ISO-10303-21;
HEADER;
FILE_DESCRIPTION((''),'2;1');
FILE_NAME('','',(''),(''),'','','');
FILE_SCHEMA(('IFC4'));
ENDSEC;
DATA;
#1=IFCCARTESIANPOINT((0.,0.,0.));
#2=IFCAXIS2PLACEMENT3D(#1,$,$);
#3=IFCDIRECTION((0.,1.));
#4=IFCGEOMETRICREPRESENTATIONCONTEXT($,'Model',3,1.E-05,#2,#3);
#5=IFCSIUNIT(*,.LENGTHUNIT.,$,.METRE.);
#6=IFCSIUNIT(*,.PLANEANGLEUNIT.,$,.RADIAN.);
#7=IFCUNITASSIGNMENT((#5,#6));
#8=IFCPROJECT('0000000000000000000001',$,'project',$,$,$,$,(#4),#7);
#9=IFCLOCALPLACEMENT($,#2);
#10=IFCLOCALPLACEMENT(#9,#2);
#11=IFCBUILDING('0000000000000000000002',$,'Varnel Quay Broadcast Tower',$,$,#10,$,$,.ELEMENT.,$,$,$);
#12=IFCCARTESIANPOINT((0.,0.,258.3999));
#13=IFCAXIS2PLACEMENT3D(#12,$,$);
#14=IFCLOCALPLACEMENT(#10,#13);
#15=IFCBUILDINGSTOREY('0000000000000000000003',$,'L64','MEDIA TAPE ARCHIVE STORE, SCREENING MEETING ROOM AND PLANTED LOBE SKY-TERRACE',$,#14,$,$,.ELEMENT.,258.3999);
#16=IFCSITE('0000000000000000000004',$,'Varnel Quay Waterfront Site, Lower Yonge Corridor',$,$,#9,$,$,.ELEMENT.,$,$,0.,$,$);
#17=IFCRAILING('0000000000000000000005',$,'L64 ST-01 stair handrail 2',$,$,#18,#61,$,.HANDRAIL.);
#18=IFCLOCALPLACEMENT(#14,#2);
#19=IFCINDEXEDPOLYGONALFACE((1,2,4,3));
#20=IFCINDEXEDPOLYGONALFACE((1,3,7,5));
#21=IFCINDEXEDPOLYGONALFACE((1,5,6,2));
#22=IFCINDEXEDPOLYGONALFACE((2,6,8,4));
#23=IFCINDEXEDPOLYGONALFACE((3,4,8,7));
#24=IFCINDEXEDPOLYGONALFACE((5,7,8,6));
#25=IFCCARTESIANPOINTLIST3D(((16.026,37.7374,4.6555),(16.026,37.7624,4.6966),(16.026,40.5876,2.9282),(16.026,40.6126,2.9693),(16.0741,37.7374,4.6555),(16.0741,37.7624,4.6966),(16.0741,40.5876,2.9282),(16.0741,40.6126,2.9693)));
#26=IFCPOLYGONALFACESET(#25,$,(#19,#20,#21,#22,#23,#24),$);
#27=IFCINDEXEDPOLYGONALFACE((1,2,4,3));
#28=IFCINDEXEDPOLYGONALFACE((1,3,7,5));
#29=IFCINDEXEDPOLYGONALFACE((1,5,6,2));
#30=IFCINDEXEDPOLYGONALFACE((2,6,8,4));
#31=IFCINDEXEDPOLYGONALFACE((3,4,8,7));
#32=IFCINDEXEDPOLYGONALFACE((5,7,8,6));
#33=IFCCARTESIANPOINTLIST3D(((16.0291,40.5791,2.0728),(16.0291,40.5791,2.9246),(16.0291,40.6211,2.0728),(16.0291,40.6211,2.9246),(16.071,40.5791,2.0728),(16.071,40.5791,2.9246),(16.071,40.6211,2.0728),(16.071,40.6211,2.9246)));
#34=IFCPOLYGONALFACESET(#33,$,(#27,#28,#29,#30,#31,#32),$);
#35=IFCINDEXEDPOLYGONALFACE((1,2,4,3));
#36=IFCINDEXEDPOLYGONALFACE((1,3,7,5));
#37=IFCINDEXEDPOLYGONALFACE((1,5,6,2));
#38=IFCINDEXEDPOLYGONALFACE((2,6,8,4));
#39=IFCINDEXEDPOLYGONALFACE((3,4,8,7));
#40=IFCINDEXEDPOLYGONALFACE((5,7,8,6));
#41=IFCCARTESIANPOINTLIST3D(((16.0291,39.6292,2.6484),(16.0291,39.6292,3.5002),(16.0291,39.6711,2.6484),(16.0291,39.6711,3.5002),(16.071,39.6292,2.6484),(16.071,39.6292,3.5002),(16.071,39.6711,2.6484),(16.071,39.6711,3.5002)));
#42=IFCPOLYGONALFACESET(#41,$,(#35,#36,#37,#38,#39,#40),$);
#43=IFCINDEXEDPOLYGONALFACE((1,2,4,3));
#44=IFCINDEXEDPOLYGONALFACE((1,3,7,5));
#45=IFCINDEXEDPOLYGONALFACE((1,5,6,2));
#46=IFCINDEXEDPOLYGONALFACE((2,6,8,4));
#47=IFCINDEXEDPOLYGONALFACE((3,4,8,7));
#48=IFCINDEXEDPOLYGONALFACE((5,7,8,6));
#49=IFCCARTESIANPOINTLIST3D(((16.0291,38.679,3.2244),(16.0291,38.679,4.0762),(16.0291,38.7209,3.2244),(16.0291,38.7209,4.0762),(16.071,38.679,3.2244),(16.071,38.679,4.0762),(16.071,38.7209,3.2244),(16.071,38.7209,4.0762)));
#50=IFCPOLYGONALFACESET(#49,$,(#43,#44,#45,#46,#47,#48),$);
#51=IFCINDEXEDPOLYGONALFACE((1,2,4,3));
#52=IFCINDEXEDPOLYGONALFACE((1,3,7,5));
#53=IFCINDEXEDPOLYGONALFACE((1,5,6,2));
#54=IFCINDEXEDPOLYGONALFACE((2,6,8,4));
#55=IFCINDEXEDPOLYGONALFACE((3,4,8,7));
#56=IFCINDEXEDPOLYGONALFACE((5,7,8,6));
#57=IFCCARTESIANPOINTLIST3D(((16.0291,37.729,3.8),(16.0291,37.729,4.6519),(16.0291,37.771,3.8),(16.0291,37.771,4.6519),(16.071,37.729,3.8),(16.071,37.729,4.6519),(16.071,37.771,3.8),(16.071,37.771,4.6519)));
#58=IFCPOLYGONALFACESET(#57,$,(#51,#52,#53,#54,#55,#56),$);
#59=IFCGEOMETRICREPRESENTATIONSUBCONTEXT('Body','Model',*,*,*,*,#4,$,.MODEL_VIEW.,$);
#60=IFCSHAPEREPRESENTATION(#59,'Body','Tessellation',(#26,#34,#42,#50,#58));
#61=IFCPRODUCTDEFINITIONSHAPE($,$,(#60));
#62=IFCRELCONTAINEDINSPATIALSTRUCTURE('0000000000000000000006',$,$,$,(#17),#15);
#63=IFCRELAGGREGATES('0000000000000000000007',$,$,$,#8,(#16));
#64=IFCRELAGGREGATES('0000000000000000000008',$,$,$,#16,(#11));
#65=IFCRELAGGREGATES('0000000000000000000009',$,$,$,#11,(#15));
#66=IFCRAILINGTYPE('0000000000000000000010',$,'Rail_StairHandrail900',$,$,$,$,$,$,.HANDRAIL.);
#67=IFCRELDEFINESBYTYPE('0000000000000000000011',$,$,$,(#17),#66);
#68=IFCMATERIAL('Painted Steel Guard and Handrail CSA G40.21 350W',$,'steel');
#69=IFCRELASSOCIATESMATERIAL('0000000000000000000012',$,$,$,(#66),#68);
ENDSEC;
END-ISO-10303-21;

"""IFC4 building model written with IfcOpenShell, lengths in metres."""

from ifc_helpers import new_model, si_unit, direction, frame, origin, origin_2d, place, context, subcontext, project, spatial, rectangle, extrude, material, type_object, element, save


model = new_model("IFC4")

# Units and contexts
model_context = context("Model", 3, precision=1e-05, world=origin(), true_north=direction((0.0, 1.0)))
body_context = subcontext(model_context, "Body", "Model", "MODEL_VIEW")
ifc_project = project(units=[si_unit("LENGTHUNIT", "METRE"), si_unit("PLANEANGLEUNIT", "RADIAN")], contexts=[model_context])

# Site, building, storey
site_placement = place(None, origin())
site = spatial("IfcSite", under=ifc_project, at=site_placement, Name="Varnel Quay Waterfront Site, Lower Yonge Corridor", CompositionType="ELEMENT", RefElevation=0.0)
building_placement = place(site_placement, origin())
building = spatial("IfcBuilding", under=site, at=building_placement, Name="Varnel Quay Broadcast Tower", CompositionType="ELEMENT")
storey_placement = place(building_placement, frame((0.0, 0.0, 258.3999)))
storey = spatial("IfcBuildingStorey", under=building, at=storey_placement, Name="L64", Description="MEDIA TAPE ARCHIVE STORE, SCREENING MEETING ROOM AND PLANTED LOBE SKY-TERRACE", CompositionType="ELEMENT", Elevation=258.3999)

# Railing
ifc_material_1 = material(Name="Painted Steel Guard and Handrail CSA G40.21 350W", Category="steel")
railing_type_1 = type_object("IfcRailingType", Name="Rail_StairHandrail900", PredefinedType="HANDRAIL", material=ifc_material_1)
railing_1_placement = place(storey_placement, frame((16.05, 40.6001, 2.0728)))
element("IfcRailing", 1, at=railing_1_placement, inside=storey, type_object=railing_type_1, Name="L64 ST-01 stair handrail 2", PredefinedType="HANDRAIL", context=body_context, shape_type="SweptSolid", body=[
    extrude(rectangle(XDim=0.0481, YDim=0.0481, at=origin_2d()), frame((0.0, 0.0, 0.876), z_axis=(0.0, -0.855203, 0.518294), x_axis=(1.0, 0.0, 0.0)), (0.0, 0.0, 1.0), 3.3328),
    extrude(rectangle(XDim=0.042, YDim=0.042, at=origin_2d()), origin(), (0.0, 0.0, 1.0), 0.8518),
    extrude(rectangle(XDim=0.042, YDim=0.042, at=origin_2d()), frame((0.0, -0.95, 0.5757)), (0.0, 0.0, 1.0), 0.8518),
    extrude(rectangle(XDim=0.042, YDim=0.042, at=origin_2d()), frame((0.0, -1.9001, 1.1516)), (0.0, 0.0, 1.0), 0.8518),
    extrude(rectangle(XDim=0.042, YDim=0.042, at=origin_2d()), frame((0.0, -2.8501, 1.7273)), (0.0, 0.0, 1.0), 0.8518),
])

save(model, "model.ifc")
